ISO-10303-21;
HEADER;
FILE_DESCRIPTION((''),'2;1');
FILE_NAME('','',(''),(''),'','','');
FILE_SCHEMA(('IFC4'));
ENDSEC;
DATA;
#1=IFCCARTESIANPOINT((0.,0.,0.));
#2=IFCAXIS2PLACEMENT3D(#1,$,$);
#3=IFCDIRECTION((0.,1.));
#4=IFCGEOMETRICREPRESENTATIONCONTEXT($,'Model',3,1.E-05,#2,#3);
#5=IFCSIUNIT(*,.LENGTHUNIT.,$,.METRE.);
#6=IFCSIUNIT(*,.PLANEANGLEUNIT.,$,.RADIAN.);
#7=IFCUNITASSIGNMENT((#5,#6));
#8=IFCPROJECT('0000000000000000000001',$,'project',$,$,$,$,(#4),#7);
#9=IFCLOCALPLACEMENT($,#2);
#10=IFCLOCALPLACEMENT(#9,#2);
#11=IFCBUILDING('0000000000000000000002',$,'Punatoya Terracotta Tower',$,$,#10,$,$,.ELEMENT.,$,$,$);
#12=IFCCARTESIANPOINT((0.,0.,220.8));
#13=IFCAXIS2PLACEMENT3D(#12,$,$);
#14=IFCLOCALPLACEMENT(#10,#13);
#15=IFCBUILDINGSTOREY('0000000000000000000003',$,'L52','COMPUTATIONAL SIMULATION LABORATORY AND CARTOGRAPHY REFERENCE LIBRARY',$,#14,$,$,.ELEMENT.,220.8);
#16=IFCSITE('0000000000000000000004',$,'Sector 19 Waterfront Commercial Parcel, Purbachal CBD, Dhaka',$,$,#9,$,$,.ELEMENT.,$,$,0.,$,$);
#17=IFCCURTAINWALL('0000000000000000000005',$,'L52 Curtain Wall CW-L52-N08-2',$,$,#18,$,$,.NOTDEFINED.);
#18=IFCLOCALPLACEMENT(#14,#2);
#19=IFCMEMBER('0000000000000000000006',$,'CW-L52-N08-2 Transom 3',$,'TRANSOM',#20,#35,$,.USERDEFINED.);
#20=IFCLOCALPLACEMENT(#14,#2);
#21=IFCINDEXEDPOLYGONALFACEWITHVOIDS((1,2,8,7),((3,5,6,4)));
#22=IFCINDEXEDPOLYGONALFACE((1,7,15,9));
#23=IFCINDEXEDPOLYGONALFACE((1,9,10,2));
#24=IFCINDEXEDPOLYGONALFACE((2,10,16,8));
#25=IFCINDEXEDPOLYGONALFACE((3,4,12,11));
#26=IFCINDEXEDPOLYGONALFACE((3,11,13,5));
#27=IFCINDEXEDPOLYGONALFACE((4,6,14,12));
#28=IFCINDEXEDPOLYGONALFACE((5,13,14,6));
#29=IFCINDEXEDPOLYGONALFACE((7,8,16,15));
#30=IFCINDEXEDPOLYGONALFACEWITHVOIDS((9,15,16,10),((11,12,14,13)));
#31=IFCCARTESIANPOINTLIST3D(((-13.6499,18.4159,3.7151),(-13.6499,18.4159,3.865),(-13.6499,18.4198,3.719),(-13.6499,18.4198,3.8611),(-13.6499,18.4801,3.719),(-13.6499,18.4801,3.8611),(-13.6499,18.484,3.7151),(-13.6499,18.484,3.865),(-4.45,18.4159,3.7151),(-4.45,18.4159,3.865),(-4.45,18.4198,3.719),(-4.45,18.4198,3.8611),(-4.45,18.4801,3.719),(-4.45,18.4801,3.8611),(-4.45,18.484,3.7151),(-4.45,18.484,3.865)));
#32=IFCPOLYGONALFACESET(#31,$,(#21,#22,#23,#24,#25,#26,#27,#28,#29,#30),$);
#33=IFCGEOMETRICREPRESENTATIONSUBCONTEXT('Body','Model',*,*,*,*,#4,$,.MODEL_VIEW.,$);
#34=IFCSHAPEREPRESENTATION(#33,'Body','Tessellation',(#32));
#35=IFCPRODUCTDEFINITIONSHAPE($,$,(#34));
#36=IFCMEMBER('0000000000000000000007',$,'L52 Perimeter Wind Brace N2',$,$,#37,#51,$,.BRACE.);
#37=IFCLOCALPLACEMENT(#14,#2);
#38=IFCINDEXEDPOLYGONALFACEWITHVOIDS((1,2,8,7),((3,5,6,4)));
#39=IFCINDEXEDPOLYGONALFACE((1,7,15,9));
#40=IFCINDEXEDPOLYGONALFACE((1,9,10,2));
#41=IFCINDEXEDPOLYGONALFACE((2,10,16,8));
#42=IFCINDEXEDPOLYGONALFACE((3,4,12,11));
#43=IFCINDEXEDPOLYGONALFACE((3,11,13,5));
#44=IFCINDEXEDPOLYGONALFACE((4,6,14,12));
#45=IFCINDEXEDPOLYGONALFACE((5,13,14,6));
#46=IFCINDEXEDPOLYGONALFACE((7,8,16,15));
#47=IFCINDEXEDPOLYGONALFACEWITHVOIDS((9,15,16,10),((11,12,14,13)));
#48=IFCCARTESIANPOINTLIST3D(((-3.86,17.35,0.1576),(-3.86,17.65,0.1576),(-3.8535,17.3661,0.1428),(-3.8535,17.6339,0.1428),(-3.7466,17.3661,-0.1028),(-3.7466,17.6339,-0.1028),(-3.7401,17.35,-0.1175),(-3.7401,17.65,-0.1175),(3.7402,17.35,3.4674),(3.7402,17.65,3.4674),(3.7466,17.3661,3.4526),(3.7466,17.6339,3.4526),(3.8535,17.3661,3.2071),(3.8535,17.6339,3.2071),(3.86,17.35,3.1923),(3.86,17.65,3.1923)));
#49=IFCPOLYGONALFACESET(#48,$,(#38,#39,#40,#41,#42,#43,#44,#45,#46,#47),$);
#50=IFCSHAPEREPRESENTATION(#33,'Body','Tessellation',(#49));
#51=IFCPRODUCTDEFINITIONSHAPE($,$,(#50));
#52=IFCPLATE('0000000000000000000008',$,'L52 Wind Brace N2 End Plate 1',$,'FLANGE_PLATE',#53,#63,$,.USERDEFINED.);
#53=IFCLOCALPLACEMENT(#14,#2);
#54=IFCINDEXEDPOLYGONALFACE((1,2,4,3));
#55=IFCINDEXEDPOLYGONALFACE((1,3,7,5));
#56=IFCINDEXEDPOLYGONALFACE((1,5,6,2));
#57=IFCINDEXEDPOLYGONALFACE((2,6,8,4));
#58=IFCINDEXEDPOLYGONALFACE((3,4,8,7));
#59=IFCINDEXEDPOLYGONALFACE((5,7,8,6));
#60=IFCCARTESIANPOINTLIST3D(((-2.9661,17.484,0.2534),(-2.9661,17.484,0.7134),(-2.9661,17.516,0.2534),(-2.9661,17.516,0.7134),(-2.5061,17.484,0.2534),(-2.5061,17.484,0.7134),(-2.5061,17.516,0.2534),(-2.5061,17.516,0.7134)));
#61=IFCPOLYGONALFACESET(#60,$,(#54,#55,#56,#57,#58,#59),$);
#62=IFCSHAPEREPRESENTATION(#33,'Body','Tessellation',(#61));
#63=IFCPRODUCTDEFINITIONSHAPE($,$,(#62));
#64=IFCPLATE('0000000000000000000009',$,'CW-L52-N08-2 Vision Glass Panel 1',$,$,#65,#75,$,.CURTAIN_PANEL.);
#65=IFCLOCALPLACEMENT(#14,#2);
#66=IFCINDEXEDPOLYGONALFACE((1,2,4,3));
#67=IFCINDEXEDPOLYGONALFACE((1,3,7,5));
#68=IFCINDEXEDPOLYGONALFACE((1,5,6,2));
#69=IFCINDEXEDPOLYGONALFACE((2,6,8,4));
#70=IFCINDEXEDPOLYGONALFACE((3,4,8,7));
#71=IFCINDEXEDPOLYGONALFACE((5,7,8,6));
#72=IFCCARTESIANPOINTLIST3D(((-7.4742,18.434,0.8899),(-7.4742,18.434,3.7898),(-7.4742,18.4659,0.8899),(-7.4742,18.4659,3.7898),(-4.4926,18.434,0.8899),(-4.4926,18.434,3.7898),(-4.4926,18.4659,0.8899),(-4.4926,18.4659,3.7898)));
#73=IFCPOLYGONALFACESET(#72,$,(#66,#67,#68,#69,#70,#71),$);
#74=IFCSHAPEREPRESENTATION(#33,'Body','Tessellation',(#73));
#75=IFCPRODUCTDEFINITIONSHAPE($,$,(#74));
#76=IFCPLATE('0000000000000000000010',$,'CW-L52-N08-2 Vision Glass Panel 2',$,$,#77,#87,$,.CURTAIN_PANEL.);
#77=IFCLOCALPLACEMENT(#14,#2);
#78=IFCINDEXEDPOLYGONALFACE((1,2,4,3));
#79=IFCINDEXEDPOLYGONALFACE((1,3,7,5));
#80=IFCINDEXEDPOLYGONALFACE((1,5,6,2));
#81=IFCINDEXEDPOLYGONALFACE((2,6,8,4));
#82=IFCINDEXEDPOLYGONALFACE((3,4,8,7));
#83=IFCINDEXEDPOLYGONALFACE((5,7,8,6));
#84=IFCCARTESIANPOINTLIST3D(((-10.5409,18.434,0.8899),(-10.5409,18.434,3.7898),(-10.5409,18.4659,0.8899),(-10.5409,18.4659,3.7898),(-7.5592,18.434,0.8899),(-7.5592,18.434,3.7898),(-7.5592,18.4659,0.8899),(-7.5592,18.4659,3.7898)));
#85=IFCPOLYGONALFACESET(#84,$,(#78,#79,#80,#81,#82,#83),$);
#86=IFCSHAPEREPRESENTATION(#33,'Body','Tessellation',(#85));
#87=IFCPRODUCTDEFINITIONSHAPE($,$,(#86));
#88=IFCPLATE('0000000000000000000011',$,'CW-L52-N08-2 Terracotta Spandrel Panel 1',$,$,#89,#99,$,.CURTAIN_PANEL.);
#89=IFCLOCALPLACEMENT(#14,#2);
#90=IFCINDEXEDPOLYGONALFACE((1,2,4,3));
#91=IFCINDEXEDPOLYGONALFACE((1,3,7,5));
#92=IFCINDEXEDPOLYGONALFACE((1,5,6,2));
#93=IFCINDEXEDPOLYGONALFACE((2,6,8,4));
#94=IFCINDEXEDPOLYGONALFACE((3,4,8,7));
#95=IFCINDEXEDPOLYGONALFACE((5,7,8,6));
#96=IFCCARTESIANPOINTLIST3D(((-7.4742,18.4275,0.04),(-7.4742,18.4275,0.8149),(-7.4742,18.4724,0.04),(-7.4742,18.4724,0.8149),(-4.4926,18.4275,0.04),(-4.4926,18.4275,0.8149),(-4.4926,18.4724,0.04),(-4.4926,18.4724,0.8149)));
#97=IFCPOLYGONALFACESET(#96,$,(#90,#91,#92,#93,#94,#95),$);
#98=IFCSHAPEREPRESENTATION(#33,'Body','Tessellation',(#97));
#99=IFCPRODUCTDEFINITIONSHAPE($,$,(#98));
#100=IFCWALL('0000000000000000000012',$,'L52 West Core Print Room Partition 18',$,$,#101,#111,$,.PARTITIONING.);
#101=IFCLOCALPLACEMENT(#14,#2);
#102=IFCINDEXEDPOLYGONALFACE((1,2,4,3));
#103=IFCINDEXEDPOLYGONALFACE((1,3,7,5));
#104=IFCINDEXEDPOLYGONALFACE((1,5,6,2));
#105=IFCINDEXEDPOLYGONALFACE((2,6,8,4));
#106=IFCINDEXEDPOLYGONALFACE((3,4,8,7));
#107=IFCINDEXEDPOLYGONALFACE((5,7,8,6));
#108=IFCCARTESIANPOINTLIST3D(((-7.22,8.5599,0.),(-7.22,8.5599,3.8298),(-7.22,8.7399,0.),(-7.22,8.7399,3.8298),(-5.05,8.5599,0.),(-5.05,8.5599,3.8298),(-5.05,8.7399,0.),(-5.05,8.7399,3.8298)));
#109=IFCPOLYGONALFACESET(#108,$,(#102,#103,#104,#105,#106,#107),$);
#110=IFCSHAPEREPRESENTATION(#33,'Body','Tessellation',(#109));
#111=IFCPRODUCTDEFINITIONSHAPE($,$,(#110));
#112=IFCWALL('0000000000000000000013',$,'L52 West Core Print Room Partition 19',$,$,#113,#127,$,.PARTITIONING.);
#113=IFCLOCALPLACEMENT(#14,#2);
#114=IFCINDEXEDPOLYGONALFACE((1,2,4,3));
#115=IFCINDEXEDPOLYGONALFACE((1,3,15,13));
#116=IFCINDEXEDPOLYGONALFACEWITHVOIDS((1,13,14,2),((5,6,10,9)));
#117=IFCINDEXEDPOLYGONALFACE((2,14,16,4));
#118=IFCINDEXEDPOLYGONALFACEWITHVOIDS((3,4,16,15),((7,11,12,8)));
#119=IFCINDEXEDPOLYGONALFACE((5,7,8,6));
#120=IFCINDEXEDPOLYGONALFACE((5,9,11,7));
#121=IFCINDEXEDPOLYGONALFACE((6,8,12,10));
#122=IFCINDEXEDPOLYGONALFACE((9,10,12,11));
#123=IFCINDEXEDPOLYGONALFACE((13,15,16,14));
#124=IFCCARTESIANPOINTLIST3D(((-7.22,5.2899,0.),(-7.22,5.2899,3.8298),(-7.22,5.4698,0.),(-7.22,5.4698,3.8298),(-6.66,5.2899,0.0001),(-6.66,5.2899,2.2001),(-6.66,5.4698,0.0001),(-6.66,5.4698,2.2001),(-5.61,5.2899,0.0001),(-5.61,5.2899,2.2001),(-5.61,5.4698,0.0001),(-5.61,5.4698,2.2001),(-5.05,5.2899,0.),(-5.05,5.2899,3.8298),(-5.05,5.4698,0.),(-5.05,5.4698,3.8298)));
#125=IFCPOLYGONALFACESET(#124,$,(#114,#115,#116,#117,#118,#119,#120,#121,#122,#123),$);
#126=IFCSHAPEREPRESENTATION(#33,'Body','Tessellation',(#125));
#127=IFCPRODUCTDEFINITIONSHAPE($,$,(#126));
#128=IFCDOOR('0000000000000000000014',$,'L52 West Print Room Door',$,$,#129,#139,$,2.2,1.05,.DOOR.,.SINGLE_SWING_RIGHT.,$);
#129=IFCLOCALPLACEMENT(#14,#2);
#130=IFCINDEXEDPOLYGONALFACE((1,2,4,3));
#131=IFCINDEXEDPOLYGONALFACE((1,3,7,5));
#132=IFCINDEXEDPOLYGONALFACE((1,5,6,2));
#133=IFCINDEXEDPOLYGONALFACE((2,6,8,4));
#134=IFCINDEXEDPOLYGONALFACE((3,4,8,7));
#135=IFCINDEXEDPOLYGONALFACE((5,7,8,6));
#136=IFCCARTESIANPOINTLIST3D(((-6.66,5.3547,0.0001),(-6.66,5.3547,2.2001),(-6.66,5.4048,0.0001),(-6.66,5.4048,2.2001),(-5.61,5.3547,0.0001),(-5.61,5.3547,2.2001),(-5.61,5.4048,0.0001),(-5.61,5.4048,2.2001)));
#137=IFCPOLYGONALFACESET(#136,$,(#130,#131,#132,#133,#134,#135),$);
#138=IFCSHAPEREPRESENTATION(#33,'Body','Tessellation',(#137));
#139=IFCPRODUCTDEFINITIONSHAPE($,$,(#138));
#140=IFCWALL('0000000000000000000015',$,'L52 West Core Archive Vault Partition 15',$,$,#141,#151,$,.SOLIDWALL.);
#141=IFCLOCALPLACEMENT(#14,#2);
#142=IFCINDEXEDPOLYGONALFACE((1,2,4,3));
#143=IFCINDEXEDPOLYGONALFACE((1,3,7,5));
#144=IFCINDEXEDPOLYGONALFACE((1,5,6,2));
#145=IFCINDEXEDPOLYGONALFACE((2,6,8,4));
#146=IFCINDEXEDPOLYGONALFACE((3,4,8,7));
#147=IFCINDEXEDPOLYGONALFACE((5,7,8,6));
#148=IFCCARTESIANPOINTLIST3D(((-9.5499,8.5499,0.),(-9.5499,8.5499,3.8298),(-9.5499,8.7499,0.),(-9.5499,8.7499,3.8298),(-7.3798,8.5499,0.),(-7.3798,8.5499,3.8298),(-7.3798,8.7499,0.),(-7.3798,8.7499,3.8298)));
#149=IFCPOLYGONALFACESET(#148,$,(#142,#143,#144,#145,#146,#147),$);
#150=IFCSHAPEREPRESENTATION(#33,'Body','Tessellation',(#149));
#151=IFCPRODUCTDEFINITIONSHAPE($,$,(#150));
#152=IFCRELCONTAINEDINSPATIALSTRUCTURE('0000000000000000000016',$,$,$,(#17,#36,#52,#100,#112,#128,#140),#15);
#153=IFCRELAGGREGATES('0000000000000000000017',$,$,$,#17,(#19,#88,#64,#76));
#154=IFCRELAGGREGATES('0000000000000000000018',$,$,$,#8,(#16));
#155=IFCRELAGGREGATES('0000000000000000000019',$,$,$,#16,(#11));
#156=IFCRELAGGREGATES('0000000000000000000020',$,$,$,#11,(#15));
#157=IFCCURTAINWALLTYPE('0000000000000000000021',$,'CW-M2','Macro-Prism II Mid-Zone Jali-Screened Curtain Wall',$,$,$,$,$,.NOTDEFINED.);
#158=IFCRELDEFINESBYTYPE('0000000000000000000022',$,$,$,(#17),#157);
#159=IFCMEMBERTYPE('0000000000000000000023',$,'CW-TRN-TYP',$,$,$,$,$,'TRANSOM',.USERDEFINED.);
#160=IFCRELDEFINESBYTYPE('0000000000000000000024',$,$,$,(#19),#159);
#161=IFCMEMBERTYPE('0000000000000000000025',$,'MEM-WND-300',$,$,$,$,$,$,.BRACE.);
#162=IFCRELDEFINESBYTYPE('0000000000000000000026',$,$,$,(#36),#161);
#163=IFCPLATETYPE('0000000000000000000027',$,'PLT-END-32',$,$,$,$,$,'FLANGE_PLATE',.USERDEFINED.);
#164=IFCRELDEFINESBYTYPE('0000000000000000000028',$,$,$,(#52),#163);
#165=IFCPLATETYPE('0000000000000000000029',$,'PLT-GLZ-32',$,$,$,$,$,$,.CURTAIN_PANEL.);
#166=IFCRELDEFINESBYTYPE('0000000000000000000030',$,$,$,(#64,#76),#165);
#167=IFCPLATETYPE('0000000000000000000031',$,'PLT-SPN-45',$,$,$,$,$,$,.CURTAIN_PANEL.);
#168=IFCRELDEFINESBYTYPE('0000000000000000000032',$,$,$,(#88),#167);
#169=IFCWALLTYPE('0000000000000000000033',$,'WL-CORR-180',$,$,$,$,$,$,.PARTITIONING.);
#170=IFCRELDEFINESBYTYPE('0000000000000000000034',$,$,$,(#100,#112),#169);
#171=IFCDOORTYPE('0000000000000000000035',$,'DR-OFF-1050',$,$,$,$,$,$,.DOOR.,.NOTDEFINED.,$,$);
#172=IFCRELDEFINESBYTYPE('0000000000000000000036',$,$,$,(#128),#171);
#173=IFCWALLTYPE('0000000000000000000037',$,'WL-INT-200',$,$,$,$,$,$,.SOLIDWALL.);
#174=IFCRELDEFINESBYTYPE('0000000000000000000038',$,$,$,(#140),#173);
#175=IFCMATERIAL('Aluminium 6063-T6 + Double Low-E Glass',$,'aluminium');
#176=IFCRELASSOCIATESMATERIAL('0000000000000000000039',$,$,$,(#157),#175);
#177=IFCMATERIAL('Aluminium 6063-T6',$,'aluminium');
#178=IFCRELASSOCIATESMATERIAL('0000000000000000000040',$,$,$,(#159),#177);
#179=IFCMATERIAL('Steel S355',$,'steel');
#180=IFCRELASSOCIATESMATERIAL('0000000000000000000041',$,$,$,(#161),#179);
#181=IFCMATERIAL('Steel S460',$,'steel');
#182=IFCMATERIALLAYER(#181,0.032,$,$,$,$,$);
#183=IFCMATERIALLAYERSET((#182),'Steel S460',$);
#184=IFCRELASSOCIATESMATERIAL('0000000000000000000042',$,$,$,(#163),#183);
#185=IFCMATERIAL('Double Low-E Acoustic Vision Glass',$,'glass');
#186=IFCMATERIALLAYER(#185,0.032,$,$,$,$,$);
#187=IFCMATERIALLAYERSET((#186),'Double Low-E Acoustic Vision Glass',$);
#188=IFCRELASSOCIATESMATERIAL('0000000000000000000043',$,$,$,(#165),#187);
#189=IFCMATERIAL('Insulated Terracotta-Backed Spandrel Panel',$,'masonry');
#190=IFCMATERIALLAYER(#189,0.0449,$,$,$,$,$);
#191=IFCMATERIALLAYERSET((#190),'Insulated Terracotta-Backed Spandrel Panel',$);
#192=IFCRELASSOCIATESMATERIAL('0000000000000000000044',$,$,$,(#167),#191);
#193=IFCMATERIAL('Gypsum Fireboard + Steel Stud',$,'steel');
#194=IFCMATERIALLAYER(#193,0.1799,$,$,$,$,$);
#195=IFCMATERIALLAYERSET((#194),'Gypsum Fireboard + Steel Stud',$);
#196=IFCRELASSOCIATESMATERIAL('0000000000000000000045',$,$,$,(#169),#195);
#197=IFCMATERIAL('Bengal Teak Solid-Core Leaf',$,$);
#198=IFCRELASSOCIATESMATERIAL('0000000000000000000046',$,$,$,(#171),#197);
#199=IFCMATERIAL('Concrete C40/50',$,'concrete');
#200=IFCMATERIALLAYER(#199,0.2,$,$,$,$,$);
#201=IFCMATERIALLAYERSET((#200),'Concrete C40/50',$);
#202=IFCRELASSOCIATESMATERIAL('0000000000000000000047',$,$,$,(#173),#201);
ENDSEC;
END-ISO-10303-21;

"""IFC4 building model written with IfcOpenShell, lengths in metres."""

from ifc_helpers import new_model, si_unit, direction, frame, frame_2d, origin, origin_2d, place, context, subcontext, project, spatial, rectangle, hollow_rectangle, extrude, material, layer, layer_set, material_profile, profile_set, type_object, element, fill, aggregate, save


model = new_model("IFC4")

# Units and contexts
model_context = context("Model", 3, precision=1e-05, world=origin(), true_north=direction((0.0, 1.0)))
body_context = subcontext(model_context, "Body", "Model", "MODEL_VIEW")
ifc_project = project(units=[si_unit("LENGTHUNIT", "METRE"), si_unit("PLANEANGLEUNIT", "RADIAN")], contexts=[model_context])

# Site, building, storey
site_placement = place(None, origin())
site = spatial("IfcSite", under=ifc_project, at=site_placement, Name="Sector 19 Waterfront Commercial Parcel, Purbachal CBD, Dhaka", CompositionType="ELEMENT", RefElevation=0.0)
building_placement = place(site_placement, origin())
building = spatial("IfcBuilding", under=site, at=building_placement, Name="Punatoya Terracotta Tower", CompositionType="ELEMENT")
storey_placement = place(building_placement, frame((0.0, 0.0, 220.8)))
storey = spatial("IfcBuildingStorey", under=building, at=storey_placement, Name="L52", Description="COMPUTATIONAL SIMULATION LABORATORY AND CARTOGRAPHY REFERENCE LIBRARY", CompositionType="ELEMENT", Elevation=220.8)

# Shared definitions
ifc_material_1 = material(Name="Steel S460", Category="steel")

# Curtain wall, member
ifc_material_2 = material(Name="Aluminium 6063-T6 + Double Low-E Glass", Category="aluminium")
curtain_wall_type = type_object("IfcCurtainWallType", Name="CW-M2", Description="Macro-Prism II Mid-Zone Jali-Screened Curtain Wall", PredefinedType="NOTDEFINED", material=ifc_material_2)
curtain_wall_placement = place(storey_placement, origin())
curtain_wall = element("IfcCurtainWall", 1, at=curtain_wall_placement, inside=storey, type_object=curtain_wall_type, Name="L52 Curtain Wall CW-L52-N08-2", PredefinedType="NOTDEFINED")
ifc_material_3 = material(Name="Aluminium 6063-T6", Category="aluminium")
ifc_material_profile_1 = material_profile(ifc_material_3, hollow_rectangle(XDim=0.0681, YDim=0.1499, WallThickness=0.0039, at=origin_2d()))
ifc_profile_set_1 = profile_set([ifc_material_profile_1], Name="Aluminium 6063-T6")
member_type_1 = type_object("IfcMemberType", Name="CW-TRN-TYP", ElementType="TRANSOM", PredefinedType="USERDEFINED", material=ifc_profile_set_1)
member_1_placement = place(storey_placement, frame((-4.45, 18.45, 3.79), z_axis=(-1.0, 0.0, 0.0), x_axis=(0.0, -1.0, 0.0)))
member_1 = element("IfcMember", 2, at=member_1_placement, type_object=member_type_1, Name="CW-L52-N08-2 Transom 3", ObjectType="TRANSOM", PredefinedType="USERDEFINED", context=body_context, shape_type="SweptSolid", body=[
    extrude(hollow_rectangle(XDim=0.0681, YDim=0.1499, WallThickness=0.0039, at=origin_2d()), origin(), (0.0, 0.0, 1.0), 9.2),
])

# Member
ifc_material_4 = material(Name="Steel S355", Category="steel")
ifc_material_profile_2 = material_profile(ifc_material_4, hollow_rectangle(XDim=0.3, YDim=0.3, WallThickness=0.0161, at=origin_2d()))
ifc_profile_set_2 = profile_set([ifc_material_profile_2], Name="Steel S355")
member_type_2 = type_object("IfcMemberType", Name="MEM-WND-300", PredefinedType="BRACE", material=ifc_profile_set_2)
member_2_placement = place(storey_placement, frame((-3.8, 17.5, 0.02), z_axis=(0.916831, 0.0, 0.399276), x_axis=(0.0, 1.0, 0.0)))
element("IfcMember", 3, at=member_2_placement, inside=storey, type_object=member_type_2, Name="L52 Perimeter Wind Brace N2", PredefinedType="BRACE", context=body_context, shape_type="SweptSolid", body=[
    extrude(hollow_rectangle(XDim=0.3, YDim=0.3, WallThickness=0.0161, at=origin_2d()), origin(), (0.0, 0.0, 1.0), 8.2896),
])

# Plates
ifc_layer_1 = layer(ifc_material_1, 0.032)
ifc_layer_set_1 = layer_set([ifc_layer_1], Name="Steel S460")
plate_type_1 = type_object("IfcPlateType", Name="PLT-END-32", ElementType="FLANGE_PLATE", PredefinedType="USERDEFINED", material=ifc_layer_set_1)
plate_1_placement = place(storey_placement, frame((-2.7361, 17.5, 0.2534), z_axis=(0.0, 0.0, 1.0), x_axis=(1.0, 0.0, 0.0)))
element("IfcPlate", 4, at=plate_1_placement, inside=storey, type_object=plate_type_1, Name="L52 Wind Brace N2 End Plate 1", ObjectType="FLANGE_PLATE", PredefinedType="USERDEFINED", context=body_context, shape_type="SweptSolid", body=[
    extrude(rectangle(XDim=0.46, YDim=0.032, at=origin_2d()), origin(), (0.0, 0.0, 1.0), 0.46),
])
ifc_material_5 = material(Name="Double Low-E Acoustic Vision Glass", Category="glass")
ifc_layer_2 = layer(ifc_material_5, 0.032)
ifc_layer_set_2 = layer_set([ifc_layer_2], Name="Double Low-E Acoustic Vision Glass")
plate_type_2 = type_object("IfcPlateType", Name="PLT-GLZ-32", PredefinedType="CURTAIN_PANEL", material=ifc_layer_set_2)
plate_2_placement = place(storey_placement, frame((-5.9834, 18.45, 0.8899), z_axis=(0.0, 0.0, 1.0), x_axis=(-1.0, 0.0, 0.0)))
plate_2 = element("IfcPlate", 5, at=plate_2_placement, type_object=plate_type_2, Name="CW-L52-N08-2 Vision Glass Panel 1", PredefinedType="CURTAIN_PANEL", context=body_context, shape_type="SweptSolid", body=[
    extrude(rectangle(XDim=2.9817, YDim=0.032, at=origin_2d()), origin(), (0.0, 0.0, 1.0), 2.8999),
])
plate_3_placement = place(storey_placement, frame((-9.05, 18.45, 0.8899), z_axis=(0.0, 0.0, 1.0), x_axis=(-1.0, 0.0, 0.0)))
plate_3 = element("IfcPlate", 6, at=plate_3_placement, type_object=plate_type_2, Name="CW-L52-N08-2 Vision Glass Panel 2", PredefinedType="CURTAIN_PANEL", context=body_context, shape_type="SweptSolid", body=[
    extrude(rectangle(XDim=2.9817, YDim=0.032, at=origin_2d()), origin(), (0.0, 0.0, 1.0), 2.8999),
])
ifc_material_6 = material(Name="Insulated Terracotta-Backed Spandrel Panel", Category="masonry")
ifc_layer_3 = layer(ifc_material_6, 0.0449)
ifc_layer_set_3 = layer_set([ifc_layer_3], Name="Insulated Terracotta-Backed Spandrel Panel")
plate_type_3 = type_object("IfcPlateType", Name="PLT-SPN-45", PredefinedType="CURTAIN_PANEL", material=ifc_layer_set_3)
plate_4_placement = place(storey_placement, frame((-5.9834, 18.45, 0.04), z_axis=(0.0, 0.0, 1.0), x_axis=(-1.0, 0.0, 0.0)))
plate_4 = element("IfcPlate", 7, at=plate_4_placement, type_object=plate_type_3, Name="CW-L52-N08-2 Terracotta Spandrel Panel 1", PredefinedType="CURTAIN_PANEL", context=body_context, shape_type="SweptSolid", body=[
    extrude(rectangle(XDim=2.9817, YDim=0.0449, at=origin_2d()), origin(), (0.0, 0.0, 1.0), 0.7749),
])
aggregate(curtain_wall, [member_1, plate_4, plate_2, plate_3])

# Wall
ifc_material_7 = material(Name="Gypsum Fireboard + Steel Stud", Category="steel")
ifc_layer_4 = layer(ifc_material_7, 0.1799)
ifc_layer_set_4 = layer_set([ifc_layer_4], Name="Gypsum Fireboard + Steel Stud")
wall_type_1 = type_object("IfcWallType", Name="WL-CORR-180", PredefinedType="PARTITIONING", material=ifc_layer_set_4)
wall_1_placement = place(storey_placement, frame((-5.05, 8.6499, 0.0), z_axis=(0.0, 0.0, 1.0), x_axis=(-1.0, 0.0, 0.0)))
element("IfcWall", 8, at=wall_1_placement, inside=storey, type_object=wall_type_1, Name="L52 West Core Print Room Partition 18", PredefinedType="PARTITIONING", context=body_context, shape_type="SweptSolid", body=[
    extrude(rectangle(XDim=2.1699, YDim=0.1799, at=frame_2d((1.085, 0.0))), origin(), (0.0, 0.0, 1.0), 3.8298),
])

# Wall, opening, door
wall_2_placement = place(storey_placement, frame((-7.22, 5.3799, 0.0), z_axis=(0.0, 0.0, 1.0), x_axis=(1.0, 0.0, 0.0)))
wall_2 = element("IfcWall", 9, at=wall_2_placement, inside=storey, type_object=wall_type_1, Name="L52 West Core Print Room Partition 19", PredefinedType="PARTITIONING", context=body_context, shape_type="SweptSolid", body=[
    extrude(rectangle(XDim=2.1699, YDim=0.1799, at=frame_2d((1.085, 0.0))), origin(), (0.0, 0.0, 1.0), 3.8298),
])
opening_placement = place(wall_2_placement, frame((0.5601, 0.0, 0.0)))
opening = element("IfcOpeningElement", 10, at=opening_placement, cuts=wall_2, PredefinedType="OPENING", context=body_context, shape_type="SweptSolid", body=[
    extrude(rectangle(XDim=1.05, YDim=2.2, at=frame_2d((0.5249, 1.1001))), frame((0.0, 0.0999, 0.0), z_axis=(0.0, -1.0, 0.0), x_axis=(1.0, 0.0, 0.0)), (0.0, 0.0, 1.0), 0.2),
])
ifc_material_8 = material(Name="Bengal Teak Solid-Core Leaf")
door_type = type_object("IfcDoorType", Name="DR-OFF-1050", OperationType="NOTDEFINED", PredefinedType="DOOR", material=ifc_material_8)
door_placement = place(opening_placement, origin())
door = element("IfcDoor", 11, at=door_placement, inside=storey, type_object=door_type, Name="L52 West Print Room Door", OperationType="SINGLE_SWING_RIGHT", OverallHeight=2.2, OverallWidth=1.05, PredefinedType="DOOR", context=body_context, shape_type="SweptSolid", body=[
    extrude(rectangle(XDim=1.05, YDim=2.2, at=frame_2d((0.5249, 1.1001))), frame((0.0, 0.0249, 0.0), z_axis=(0.0, -1.0, 0.0), x_axis=(1.0, 0.0, 0.0)), (0.0, 0.0, 1.0), 0.05),
])
fill(opening, door)

# Wall
ifc_material_9 = material(Name="Concrete C40/50", Category="concrete")
ifc_layer_5 = layer(ifc_material_9, 0.2)
ifc_layer_set_5 = layer_set([ifc_layer_5], Name="Concrete C40/50")
wall_type_2 = type_object("IfcWallType", Name="WL-INT-200", PredefinedType="SOLIDWALL", material=ifc_layer_set_5)
wall_3_placement = place(storey_placement, frame((-7.3799, 8.6499, 0.0), z_axis=(0.0, 0.0, 1.0), x_axis=(-1.0, 0.0, 0.0)))
element("IfcWall", 12, at=wall_3_placement, inside=storey, type_object=wall_type_2, Name="L52 West Core Archive Vault Partition 15", PredefinedType="SOLIDWALL", context=body_context, shape_type="SweptSolid", body=[
    extrude(rectangle(XDim=2.1702, YDim=0.2, at=frame_2d((1.085, 0.0))), origin(), (0.0, 0.0, 1.0), 3.8298),
])

save(model, "model.ifc")
